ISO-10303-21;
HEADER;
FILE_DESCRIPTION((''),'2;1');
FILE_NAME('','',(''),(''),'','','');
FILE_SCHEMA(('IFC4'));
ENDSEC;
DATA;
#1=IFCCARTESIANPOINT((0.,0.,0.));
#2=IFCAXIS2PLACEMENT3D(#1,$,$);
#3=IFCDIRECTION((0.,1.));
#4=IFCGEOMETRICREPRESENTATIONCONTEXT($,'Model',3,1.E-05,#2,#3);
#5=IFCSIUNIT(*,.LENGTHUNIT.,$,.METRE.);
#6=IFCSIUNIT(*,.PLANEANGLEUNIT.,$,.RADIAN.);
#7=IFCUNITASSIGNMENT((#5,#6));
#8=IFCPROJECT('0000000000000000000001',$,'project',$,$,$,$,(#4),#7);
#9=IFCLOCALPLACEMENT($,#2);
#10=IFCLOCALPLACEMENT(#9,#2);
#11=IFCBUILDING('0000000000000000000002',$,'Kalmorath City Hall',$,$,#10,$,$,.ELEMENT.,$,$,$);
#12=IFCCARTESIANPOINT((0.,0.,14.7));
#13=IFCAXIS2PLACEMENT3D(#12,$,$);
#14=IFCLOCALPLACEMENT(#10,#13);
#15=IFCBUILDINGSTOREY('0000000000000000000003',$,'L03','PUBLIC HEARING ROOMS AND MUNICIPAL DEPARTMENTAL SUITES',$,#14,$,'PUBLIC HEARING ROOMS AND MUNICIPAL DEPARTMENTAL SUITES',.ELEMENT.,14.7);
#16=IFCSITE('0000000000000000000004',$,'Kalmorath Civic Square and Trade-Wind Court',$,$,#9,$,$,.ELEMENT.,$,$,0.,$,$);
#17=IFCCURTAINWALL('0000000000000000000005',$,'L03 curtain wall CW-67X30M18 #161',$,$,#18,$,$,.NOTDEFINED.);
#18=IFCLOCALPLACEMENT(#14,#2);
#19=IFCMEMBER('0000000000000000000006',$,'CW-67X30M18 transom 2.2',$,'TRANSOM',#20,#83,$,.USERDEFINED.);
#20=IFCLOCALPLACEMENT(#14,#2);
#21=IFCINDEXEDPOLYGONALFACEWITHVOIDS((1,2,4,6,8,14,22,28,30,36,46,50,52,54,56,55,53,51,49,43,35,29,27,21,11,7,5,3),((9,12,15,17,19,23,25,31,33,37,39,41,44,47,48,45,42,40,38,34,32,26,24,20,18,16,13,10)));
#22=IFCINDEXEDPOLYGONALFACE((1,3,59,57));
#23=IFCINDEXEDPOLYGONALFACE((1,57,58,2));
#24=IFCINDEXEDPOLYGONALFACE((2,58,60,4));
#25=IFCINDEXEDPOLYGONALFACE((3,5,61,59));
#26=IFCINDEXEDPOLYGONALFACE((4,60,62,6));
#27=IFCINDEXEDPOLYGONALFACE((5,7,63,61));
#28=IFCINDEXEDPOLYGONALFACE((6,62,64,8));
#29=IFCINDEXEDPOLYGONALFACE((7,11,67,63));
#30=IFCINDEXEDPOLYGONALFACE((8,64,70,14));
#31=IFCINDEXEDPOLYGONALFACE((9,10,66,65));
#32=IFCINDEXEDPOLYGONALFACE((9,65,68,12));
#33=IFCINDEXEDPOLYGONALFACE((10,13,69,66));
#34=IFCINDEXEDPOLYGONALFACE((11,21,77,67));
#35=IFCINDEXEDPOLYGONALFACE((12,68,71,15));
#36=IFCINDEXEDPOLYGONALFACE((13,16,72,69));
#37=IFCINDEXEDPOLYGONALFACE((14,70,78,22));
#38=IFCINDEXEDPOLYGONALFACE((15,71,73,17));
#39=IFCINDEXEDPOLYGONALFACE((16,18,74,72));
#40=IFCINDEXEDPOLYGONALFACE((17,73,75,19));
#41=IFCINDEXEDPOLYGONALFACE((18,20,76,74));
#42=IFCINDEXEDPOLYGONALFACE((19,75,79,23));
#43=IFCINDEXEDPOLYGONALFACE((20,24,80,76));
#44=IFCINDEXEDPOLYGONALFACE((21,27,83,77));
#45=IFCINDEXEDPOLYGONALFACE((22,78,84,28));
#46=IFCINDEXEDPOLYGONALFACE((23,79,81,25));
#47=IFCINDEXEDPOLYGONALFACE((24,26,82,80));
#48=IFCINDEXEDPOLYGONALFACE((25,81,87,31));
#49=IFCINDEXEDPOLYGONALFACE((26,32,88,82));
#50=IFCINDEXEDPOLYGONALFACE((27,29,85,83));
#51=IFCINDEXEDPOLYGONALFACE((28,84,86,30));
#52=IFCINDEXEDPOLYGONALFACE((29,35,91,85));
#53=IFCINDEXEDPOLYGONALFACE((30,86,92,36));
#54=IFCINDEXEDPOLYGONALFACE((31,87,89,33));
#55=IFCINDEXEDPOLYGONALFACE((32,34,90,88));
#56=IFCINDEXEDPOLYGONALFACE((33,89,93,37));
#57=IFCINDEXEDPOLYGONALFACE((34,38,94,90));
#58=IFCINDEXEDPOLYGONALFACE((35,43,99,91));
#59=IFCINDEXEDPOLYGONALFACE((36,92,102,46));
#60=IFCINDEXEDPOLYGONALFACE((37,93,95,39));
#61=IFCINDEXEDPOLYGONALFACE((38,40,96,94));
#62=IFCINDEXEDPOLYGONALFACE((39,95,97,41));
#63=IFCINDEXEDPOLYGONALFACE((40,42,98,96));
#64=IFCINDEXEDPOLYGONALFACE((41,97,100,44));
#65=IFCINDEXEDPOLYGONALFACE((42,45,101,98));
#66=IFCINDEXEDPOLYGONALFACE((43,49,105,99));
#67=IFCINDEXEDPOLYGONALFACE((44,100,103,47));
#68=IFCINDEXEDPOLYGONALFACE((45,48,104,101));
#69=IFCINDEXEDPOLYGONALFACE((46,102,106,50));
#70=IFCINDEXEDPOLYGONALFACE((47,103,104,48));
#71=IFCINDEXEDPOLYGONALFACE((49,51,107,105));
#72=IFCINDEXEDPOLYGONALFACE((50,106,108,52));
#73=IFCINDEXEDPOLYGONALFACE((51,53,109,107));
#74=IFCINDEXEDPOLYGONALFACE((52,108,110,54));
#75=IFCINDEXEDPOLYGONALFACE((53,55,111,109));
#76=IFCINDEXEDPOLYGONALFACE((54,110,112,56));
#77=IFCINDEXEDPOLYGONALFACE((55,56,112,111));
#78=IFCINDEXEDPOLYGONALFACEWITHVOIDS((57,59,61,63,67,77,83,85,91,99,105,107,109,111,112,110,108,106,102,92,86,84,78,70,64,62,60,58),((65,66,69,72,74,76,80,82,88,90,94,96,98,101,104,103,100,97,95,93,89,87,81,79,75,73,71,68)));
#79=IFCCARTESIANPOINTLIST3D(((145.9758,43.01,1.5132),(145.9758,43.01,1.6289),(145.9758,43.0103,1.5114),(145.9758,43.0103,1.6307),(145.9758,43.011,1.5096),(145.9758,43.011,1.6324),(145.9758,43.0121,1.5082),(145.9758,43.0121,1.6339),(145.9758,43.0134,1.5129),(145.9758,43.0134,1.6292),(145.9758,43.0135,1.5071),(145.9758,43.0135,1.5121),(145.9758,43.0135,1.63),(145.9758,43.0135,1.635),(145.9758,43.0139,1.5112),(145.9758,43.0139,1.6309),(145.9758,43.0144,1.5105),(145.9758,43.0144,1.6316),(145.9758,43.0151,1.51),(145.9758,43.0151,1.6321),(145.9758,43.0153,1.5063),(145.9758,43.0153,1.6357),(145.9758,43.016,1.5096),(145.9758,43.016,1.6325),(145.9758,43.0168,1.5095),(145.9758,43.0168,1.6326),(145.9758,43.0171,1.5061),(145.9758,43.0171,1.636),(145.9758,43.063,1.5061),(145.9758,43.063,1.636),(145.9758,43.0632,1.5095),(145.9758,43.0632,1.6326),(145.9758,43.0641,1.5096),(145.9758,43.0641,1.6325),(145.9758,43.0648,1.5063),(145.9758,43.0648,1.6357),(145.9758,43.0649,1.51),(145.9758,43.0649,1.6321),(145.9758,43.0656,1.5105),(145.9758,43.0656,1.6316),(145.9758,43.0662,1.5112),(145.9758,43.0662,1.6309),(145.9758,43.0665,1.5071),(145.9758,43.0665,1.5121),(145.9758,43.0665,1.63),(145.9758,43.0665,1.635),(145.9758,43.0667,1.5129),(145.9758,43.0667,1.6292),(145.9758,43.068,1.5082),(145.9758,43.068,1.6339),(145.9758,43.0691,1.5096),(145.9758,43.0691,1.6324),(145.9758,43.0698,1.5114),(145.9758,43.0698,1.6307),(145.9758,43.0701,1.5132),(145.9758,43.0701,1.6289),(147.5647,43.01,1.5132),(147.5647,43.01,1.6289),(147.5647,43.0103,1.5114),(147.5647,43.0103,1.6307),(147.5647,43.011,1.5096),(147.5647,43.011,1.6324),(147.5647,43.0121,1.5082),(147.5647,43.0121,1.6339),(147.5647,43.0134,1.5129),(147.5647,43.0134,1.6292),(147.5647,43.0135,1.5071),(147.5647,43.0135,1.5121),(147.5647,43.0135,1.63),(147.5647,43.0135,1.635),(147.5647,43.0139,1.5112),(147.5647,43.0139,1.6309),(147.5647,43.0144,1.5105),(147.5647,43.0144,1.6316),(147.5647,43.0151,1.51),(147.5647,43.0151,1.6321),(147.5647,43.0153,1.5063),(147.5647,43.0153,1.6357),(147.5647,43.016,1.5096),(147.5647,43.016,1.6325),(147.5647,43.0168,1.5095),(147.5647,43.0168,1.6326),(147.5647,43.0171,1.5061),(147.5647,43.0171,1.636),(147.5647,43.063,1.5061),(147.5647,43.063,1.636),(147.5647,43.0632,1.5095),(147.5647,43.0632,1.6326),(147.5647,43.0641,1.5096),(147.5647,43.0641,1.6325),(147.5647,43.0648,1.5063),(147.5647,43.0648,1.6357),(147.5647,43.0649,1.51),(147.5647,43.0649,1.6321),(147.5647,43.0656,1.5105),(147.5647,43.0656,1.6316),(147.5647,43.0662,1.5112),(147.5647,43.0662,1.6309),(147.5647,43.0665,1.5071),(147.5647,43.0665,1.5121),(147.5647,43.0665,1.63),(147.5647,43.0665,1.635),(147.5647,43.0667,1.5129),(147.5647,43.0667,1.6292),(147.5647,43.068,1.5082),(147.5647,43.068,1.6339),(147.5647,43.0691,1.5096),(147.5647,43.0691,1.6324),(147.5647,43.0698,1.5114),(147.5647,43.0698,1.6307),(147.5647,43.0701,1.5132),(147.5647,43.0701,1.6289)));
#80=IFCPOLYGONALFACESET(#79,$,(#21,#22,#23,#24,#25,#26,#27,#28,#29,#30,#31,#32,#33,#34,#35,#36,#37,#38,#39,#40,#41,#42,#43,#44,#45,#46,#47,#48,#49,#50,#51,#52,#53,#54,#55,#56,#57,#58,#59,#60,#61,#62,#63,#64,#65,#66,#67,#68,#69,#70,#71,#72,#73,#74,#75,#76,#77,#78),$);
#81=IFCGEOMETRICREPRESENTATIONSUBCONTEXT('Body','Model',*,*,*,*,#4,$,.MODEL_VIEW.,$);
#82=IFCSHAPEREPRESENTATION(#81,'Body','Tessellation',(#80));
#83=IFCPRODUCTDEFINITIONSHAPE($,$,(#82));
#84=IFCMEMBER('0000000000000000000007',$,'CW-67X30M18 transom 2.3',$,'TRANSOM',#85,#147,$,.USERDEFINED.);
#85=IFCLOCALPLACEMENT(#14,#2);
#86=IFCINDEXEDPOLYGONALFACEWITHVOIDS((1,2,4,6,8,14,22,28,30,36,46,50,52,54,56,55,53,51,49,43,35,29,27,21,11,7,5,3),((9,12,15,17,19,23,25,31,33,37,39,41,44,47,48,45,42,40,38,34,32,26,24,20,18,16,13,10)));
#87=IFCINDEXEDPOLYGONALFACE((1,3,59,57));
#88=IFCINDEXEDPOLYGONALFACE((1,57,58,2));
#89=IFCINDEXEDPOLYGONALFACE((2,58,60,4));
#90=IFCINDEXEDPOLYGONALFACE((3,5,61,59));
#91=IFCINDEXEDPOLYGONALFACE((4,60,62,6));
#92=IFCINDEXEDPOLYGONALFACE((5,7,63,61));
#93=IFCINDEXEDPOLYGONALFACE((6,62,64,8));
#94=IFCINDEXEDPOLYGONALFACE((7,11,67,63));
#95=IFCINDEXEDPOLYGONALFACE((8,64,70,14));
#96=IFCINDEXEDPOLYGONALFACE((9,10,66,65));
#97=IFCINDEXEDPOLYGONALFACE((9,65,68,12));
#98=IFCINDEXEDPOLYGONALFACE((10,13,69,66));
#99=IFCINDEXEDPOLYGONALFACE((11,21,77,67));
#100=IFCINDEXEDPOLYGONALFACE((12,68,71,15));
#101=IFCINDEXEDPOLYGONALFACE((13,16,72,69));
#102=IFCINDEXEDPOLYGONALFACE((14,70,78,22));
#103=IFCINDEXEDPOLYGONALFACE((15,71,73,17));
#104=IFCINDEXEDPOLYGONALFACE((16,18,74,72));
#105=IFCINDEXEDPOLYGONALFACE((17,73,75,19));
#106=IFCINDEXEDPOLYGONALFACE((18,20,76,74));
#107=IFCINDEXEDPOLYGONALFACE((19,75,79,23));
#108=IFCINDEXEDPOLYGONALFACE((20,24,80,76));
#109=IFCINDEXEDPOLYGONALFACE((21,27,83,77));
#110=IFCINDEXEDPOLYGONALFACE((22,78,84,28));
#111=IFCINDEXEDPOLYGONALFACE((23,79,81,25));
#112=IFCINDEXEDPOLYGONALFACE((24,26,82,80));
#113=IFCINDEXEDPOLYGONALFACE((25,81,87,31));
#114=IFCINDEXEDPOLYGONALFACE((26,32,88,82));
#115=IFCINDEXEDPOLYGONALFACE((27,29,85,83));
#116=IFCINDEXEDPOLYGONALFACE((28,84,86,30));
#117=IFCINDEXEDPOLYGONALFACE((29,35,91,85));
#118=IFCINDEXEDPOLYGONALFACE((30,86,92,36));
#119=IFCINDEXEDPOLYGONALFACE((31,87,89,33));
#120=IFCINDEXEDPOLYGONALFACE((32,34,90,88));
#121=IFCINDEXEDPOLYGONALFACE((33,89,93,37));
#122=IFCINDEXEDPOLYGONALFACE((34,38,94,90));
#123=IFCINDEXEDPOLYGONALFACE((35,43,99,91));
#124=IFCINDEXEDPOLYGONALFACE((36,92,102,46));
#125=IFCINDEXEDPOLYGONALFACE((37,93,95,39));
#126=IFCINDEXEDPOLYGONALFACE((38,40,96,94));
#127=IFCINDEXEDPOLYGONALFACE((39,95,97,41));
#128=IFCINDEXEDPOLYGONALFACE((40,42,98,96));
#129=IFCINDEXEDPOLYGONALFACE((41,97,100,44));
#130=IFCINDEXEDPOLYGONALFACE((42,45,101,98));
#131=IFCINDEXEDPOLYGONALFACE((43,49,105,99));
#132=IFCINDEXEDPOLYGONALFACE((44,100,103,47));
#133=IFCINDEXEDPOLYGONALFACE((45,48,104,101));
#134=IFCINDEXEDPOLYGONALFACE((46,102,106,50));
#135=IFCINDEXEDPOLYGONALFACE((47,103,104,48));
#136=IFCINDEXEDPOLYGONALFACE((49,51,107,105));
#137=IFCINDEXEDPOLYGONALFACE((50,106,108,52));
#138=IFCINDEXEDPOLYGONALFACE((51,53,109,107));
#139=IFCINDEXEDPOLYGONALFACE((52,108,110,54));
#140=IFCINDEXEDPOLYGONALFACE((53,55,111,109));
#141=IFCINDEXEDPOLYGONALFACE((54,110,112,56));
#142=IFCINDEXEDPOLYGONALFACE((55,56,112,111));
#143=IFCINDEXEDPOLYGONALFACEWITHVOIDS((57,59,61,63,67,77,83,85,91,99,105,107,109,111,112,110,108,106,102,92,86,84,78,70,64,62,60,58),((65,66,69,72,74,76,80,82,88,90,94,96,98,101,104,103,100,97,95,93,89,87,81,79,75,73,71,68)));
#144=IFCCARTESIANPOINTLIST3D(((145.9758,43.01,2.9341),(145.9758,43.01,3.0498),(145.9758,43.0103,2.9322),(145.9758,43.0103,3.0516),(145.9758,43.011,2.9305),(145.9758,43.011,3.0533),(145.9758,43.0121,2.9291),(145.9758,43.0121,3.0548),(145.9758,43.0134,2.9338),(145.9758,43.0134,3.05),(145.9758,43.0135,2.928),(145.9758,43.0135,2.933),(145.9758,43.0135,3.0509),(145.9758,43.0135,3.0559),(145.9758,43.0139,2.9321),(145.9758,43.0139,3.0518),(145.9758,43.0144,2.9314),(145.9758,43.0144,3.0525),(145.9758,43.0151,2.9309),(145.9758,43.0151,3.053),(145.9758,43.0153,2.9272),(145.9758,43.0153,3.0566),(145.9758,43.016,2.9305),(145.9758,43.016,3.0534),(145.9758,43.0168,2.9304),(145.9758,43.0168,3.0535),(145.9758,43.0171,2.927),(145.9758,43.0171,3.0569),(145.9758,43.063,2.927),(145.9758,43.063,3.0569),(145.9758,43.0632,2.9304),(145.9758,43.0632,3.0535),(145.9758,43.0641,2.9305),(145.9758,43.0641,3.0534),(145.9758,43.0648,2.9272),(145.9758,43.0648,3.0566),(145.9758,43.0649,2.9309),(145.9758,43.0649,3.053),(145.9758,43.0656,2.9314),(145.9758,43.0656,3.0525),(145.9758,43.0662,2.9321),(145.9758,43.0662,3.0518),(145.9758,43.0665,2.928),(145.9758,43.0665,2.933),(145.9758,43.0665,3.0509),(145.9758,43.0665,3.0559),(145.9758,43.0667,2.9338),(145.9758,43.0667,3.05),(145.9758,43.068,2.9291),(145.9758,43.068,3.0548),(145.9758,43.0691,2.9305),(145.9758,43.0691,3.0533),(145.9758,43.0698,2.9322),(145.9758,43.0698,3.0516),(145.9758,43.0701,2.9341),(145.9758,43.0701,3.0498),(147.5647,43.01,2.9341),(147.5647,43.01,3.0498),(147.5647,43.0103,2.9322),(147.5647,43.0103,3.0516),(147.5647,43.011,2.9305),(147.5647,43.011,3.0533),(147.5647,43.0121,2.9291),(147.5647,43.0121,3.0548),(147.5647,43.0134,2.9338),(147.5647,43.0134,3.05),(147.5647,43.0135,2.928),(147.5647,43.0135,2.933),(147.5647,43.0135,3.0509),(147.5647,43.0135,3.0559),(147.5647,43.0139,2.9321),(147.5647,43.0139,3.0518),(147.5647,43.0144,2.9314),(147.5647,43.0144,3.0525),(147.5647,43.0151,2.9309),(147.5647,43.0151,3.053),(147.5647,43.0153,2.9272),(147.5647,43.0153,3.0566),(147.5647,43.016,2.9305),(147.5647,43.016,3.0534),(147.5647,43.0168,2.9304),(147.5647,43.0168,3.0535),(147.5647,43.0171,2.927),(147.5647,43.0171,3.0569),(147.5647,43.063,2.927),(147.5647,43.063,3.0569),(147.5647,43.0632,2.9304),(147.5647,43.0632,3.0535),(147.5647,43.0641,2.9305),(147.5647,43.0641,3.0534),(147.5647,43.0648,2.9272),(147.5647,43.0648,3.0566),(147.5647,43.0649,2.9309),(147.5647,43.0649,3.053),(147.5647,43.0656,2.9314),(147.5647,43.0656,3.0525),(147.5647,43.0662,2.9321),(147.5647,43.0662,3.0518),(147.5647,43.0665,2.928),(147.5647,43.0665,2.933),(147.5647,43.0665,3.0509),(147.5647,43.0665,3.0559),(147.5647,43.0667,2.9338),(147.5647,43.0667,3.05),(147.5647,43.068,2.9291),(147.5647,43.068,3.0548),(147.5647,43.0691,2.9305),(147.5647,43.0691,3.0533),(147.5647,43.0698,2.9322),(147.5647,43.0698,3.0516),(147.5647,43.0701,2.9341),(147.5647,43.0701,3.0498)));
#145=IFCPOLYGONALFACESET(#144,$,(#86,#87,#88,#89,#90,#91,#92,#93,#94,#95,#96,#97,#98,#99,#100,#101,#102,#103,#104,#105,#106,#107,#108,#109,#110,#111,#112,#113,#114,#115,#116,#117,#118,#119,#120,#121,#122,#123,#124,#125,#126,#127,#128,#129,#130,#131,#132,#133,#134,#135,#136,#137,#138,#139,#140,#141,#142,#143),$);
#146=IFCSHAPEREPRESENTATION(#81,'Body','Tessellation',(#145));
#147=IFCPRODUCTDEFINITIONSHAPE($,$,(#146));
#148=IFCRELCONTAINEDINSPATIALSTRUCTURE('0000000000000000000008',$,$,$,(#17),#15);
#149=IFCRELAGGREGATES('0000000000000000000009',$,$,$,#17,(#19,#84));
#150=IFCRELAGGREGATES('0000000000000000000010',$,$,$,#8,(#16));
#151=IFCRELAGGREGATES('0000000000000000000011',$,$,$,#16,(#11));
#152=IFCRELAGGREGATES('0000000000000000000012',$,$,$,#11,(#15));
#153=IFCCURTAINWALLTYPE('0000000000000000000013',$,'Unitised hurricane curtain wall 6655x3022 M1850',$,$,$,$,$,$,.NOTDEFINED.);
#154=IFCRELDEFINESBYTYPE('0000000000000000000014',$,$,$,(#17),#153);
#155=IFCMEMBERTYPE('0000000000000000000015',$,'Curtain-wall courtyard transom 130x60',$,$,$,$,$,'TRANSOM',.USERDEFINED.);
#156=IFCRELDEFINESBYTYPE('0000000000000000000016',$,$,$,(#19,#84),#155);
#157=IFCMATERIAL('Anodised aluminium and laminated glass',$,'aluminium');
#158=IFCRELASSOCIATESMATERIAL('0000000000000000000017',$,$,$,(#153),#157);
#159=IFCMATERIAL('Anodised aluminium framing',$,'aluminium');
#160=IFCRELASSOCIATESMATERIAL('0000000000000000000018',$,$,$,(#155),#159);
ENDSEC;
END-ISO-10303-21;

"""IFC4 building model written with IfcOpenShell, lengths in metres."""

from ifc_helpers import new_model, si_unit, direction, frame, origin, origin_2d, place, context, subcontext, project, spatial, hollow_rectangle, extrude, material, material_profile, profile_set, type_object, element, aggregate, save


model = new_model("IFC4")

# Units and contexts
model_context = context("Model", 3, precision=1e-05, world=origin(), true_north=direction((0.0, 1.0)))
body_context = subcontext(model_context, "Body", "Model", "MODEL_VIEW")
ifc_project = project(units=[si_unit("LENGTHUNIT", "METRE"), si_unit("PLANEANGLEUNIT", "RADIAN")], contexts=[model_context])

# Site, building, storey
site_placement = place(None, origin())
site = spatial("IfcSite", under=ifc_project, at=site_placement, Name="Kalmorath Civic Square and Trade-Wind Court", CompositionType="ELEMENT", RefElevation=0.0)
building_placement = place(site_placement, origin())
building = spatial("IfcBuilding", under=site, at=building_placement, Name="Kalmorath City Hall", CompositionType="ELEMENT")
storey_placement = place(building_placement, frame((0.0, 0.0, 14.7)))
storey = spatial("IfcBuildingStorey", under=building, at=storey_placement, Name="L03", Description="PUBLIC HEARING ROOMS AND MUNICIPAL DEPARTMENTAL SUITES", LongName="PUBLIC HEARING ROOMS AND MUNICIPAL DEPARTMENTAL SUITES", CompositionType="ELEMENT", Elevation=14.7)

# Curtain wall, members
ifc_material_1 = material(Name="Anodised aluminium and laminated glass", Category="aluminium")
curtain_wall_type = type_object("IfcCurtainWallType", Name="Unitised hurricane curtain wall 6655x3022 M1850", PredefinedType="NOTDEFINED", material=ifc_material_1)
curtain_wall_placement = place(storey_placement, origin())
curtain_wall = element("IfcCurtainWall", 1, at=curtain_wall_placement, inside=storey, type_object=curtain_wall_type, Name="L03 curtain wall CW-67X30M18 #161", PredefinedType="NOTDEFINED")
ifc_material_2 = material(Name="Anodised aluminium framing", Category="aluminium")
ifc_material_profile_1 = material_profile(ifc_material_2, hollow_rectangle(XDim=0.0601, YDim=0.1299, WallThickness=0.0034, InnerFilletRadius=0.0034, OuterFilletRadius=0.0071, at=origin_2d()), Name="ALU-TRN-130X60X3.5")
ifc_profile_set_1 = profile_set([ifc_material_profile_1], Name="Anodised aluminium framing")
member_type_1 = type_object("IfcMemberType", Name="Curtain-wall courtyard transom 130x60", ElementType="TRANSOM", PredefinedType="USERDEFINED", material=ifc_profile_set_1)
member_1_placement = place(storey_placement, frame((145.9758, 43.04, 1.571), z_axis=(1.0, 0.0, 0.0), x_axis=(0.0, 1.0, 0.0)))
member_1 = element("IfcMember", 2, at=member_1_placement, type_object=member_type_1, Name="CW-67X30M18 transom 2.2", ObjectType="TRANSOM", PredefinedType="USERDEFINED", context=body_context, shape_type="SweptSolid", body=[
    extrude(hollow_rectangle(XDim=0.0601, YDim=0.1299, WallThickness=0.0034, InnerFilletRadius=0.0034, OuterFilletRadius=0.0071, at=origin_2d()), origin(), (0.0, 0.0, 1.0), 1.5889),
])
member_2_placement = place(storey_placement, frame((145.9758, 43.04, 2.9919), z_axis=(1.0, 0.0, 0.0), x_axis=(0.0, 1.0, 0.0)))
member_2 = element("IfcMember", 3, at=member_2_placement, type_object=member_type_1, Name="CW-67X30M18 transom 2.3", ObjectType="TRANSOM", PredefinedType="USERDEFINED", context=body_context, shape_type="SweptSolid", body=[
    extrude(hollow_rectangle(XDim=0.0601, YDim=0.1299, WallThickness=0.0034, InnerFilletRadius=0.0034, OuterFilletRadius=0.0071, at=origin_2d()), origin(), (0.0, 0.0, 1.0), 1.5889),
])
aggregate(curtain_wall, [member_1, member_2])

save(model, "model.ifc")
